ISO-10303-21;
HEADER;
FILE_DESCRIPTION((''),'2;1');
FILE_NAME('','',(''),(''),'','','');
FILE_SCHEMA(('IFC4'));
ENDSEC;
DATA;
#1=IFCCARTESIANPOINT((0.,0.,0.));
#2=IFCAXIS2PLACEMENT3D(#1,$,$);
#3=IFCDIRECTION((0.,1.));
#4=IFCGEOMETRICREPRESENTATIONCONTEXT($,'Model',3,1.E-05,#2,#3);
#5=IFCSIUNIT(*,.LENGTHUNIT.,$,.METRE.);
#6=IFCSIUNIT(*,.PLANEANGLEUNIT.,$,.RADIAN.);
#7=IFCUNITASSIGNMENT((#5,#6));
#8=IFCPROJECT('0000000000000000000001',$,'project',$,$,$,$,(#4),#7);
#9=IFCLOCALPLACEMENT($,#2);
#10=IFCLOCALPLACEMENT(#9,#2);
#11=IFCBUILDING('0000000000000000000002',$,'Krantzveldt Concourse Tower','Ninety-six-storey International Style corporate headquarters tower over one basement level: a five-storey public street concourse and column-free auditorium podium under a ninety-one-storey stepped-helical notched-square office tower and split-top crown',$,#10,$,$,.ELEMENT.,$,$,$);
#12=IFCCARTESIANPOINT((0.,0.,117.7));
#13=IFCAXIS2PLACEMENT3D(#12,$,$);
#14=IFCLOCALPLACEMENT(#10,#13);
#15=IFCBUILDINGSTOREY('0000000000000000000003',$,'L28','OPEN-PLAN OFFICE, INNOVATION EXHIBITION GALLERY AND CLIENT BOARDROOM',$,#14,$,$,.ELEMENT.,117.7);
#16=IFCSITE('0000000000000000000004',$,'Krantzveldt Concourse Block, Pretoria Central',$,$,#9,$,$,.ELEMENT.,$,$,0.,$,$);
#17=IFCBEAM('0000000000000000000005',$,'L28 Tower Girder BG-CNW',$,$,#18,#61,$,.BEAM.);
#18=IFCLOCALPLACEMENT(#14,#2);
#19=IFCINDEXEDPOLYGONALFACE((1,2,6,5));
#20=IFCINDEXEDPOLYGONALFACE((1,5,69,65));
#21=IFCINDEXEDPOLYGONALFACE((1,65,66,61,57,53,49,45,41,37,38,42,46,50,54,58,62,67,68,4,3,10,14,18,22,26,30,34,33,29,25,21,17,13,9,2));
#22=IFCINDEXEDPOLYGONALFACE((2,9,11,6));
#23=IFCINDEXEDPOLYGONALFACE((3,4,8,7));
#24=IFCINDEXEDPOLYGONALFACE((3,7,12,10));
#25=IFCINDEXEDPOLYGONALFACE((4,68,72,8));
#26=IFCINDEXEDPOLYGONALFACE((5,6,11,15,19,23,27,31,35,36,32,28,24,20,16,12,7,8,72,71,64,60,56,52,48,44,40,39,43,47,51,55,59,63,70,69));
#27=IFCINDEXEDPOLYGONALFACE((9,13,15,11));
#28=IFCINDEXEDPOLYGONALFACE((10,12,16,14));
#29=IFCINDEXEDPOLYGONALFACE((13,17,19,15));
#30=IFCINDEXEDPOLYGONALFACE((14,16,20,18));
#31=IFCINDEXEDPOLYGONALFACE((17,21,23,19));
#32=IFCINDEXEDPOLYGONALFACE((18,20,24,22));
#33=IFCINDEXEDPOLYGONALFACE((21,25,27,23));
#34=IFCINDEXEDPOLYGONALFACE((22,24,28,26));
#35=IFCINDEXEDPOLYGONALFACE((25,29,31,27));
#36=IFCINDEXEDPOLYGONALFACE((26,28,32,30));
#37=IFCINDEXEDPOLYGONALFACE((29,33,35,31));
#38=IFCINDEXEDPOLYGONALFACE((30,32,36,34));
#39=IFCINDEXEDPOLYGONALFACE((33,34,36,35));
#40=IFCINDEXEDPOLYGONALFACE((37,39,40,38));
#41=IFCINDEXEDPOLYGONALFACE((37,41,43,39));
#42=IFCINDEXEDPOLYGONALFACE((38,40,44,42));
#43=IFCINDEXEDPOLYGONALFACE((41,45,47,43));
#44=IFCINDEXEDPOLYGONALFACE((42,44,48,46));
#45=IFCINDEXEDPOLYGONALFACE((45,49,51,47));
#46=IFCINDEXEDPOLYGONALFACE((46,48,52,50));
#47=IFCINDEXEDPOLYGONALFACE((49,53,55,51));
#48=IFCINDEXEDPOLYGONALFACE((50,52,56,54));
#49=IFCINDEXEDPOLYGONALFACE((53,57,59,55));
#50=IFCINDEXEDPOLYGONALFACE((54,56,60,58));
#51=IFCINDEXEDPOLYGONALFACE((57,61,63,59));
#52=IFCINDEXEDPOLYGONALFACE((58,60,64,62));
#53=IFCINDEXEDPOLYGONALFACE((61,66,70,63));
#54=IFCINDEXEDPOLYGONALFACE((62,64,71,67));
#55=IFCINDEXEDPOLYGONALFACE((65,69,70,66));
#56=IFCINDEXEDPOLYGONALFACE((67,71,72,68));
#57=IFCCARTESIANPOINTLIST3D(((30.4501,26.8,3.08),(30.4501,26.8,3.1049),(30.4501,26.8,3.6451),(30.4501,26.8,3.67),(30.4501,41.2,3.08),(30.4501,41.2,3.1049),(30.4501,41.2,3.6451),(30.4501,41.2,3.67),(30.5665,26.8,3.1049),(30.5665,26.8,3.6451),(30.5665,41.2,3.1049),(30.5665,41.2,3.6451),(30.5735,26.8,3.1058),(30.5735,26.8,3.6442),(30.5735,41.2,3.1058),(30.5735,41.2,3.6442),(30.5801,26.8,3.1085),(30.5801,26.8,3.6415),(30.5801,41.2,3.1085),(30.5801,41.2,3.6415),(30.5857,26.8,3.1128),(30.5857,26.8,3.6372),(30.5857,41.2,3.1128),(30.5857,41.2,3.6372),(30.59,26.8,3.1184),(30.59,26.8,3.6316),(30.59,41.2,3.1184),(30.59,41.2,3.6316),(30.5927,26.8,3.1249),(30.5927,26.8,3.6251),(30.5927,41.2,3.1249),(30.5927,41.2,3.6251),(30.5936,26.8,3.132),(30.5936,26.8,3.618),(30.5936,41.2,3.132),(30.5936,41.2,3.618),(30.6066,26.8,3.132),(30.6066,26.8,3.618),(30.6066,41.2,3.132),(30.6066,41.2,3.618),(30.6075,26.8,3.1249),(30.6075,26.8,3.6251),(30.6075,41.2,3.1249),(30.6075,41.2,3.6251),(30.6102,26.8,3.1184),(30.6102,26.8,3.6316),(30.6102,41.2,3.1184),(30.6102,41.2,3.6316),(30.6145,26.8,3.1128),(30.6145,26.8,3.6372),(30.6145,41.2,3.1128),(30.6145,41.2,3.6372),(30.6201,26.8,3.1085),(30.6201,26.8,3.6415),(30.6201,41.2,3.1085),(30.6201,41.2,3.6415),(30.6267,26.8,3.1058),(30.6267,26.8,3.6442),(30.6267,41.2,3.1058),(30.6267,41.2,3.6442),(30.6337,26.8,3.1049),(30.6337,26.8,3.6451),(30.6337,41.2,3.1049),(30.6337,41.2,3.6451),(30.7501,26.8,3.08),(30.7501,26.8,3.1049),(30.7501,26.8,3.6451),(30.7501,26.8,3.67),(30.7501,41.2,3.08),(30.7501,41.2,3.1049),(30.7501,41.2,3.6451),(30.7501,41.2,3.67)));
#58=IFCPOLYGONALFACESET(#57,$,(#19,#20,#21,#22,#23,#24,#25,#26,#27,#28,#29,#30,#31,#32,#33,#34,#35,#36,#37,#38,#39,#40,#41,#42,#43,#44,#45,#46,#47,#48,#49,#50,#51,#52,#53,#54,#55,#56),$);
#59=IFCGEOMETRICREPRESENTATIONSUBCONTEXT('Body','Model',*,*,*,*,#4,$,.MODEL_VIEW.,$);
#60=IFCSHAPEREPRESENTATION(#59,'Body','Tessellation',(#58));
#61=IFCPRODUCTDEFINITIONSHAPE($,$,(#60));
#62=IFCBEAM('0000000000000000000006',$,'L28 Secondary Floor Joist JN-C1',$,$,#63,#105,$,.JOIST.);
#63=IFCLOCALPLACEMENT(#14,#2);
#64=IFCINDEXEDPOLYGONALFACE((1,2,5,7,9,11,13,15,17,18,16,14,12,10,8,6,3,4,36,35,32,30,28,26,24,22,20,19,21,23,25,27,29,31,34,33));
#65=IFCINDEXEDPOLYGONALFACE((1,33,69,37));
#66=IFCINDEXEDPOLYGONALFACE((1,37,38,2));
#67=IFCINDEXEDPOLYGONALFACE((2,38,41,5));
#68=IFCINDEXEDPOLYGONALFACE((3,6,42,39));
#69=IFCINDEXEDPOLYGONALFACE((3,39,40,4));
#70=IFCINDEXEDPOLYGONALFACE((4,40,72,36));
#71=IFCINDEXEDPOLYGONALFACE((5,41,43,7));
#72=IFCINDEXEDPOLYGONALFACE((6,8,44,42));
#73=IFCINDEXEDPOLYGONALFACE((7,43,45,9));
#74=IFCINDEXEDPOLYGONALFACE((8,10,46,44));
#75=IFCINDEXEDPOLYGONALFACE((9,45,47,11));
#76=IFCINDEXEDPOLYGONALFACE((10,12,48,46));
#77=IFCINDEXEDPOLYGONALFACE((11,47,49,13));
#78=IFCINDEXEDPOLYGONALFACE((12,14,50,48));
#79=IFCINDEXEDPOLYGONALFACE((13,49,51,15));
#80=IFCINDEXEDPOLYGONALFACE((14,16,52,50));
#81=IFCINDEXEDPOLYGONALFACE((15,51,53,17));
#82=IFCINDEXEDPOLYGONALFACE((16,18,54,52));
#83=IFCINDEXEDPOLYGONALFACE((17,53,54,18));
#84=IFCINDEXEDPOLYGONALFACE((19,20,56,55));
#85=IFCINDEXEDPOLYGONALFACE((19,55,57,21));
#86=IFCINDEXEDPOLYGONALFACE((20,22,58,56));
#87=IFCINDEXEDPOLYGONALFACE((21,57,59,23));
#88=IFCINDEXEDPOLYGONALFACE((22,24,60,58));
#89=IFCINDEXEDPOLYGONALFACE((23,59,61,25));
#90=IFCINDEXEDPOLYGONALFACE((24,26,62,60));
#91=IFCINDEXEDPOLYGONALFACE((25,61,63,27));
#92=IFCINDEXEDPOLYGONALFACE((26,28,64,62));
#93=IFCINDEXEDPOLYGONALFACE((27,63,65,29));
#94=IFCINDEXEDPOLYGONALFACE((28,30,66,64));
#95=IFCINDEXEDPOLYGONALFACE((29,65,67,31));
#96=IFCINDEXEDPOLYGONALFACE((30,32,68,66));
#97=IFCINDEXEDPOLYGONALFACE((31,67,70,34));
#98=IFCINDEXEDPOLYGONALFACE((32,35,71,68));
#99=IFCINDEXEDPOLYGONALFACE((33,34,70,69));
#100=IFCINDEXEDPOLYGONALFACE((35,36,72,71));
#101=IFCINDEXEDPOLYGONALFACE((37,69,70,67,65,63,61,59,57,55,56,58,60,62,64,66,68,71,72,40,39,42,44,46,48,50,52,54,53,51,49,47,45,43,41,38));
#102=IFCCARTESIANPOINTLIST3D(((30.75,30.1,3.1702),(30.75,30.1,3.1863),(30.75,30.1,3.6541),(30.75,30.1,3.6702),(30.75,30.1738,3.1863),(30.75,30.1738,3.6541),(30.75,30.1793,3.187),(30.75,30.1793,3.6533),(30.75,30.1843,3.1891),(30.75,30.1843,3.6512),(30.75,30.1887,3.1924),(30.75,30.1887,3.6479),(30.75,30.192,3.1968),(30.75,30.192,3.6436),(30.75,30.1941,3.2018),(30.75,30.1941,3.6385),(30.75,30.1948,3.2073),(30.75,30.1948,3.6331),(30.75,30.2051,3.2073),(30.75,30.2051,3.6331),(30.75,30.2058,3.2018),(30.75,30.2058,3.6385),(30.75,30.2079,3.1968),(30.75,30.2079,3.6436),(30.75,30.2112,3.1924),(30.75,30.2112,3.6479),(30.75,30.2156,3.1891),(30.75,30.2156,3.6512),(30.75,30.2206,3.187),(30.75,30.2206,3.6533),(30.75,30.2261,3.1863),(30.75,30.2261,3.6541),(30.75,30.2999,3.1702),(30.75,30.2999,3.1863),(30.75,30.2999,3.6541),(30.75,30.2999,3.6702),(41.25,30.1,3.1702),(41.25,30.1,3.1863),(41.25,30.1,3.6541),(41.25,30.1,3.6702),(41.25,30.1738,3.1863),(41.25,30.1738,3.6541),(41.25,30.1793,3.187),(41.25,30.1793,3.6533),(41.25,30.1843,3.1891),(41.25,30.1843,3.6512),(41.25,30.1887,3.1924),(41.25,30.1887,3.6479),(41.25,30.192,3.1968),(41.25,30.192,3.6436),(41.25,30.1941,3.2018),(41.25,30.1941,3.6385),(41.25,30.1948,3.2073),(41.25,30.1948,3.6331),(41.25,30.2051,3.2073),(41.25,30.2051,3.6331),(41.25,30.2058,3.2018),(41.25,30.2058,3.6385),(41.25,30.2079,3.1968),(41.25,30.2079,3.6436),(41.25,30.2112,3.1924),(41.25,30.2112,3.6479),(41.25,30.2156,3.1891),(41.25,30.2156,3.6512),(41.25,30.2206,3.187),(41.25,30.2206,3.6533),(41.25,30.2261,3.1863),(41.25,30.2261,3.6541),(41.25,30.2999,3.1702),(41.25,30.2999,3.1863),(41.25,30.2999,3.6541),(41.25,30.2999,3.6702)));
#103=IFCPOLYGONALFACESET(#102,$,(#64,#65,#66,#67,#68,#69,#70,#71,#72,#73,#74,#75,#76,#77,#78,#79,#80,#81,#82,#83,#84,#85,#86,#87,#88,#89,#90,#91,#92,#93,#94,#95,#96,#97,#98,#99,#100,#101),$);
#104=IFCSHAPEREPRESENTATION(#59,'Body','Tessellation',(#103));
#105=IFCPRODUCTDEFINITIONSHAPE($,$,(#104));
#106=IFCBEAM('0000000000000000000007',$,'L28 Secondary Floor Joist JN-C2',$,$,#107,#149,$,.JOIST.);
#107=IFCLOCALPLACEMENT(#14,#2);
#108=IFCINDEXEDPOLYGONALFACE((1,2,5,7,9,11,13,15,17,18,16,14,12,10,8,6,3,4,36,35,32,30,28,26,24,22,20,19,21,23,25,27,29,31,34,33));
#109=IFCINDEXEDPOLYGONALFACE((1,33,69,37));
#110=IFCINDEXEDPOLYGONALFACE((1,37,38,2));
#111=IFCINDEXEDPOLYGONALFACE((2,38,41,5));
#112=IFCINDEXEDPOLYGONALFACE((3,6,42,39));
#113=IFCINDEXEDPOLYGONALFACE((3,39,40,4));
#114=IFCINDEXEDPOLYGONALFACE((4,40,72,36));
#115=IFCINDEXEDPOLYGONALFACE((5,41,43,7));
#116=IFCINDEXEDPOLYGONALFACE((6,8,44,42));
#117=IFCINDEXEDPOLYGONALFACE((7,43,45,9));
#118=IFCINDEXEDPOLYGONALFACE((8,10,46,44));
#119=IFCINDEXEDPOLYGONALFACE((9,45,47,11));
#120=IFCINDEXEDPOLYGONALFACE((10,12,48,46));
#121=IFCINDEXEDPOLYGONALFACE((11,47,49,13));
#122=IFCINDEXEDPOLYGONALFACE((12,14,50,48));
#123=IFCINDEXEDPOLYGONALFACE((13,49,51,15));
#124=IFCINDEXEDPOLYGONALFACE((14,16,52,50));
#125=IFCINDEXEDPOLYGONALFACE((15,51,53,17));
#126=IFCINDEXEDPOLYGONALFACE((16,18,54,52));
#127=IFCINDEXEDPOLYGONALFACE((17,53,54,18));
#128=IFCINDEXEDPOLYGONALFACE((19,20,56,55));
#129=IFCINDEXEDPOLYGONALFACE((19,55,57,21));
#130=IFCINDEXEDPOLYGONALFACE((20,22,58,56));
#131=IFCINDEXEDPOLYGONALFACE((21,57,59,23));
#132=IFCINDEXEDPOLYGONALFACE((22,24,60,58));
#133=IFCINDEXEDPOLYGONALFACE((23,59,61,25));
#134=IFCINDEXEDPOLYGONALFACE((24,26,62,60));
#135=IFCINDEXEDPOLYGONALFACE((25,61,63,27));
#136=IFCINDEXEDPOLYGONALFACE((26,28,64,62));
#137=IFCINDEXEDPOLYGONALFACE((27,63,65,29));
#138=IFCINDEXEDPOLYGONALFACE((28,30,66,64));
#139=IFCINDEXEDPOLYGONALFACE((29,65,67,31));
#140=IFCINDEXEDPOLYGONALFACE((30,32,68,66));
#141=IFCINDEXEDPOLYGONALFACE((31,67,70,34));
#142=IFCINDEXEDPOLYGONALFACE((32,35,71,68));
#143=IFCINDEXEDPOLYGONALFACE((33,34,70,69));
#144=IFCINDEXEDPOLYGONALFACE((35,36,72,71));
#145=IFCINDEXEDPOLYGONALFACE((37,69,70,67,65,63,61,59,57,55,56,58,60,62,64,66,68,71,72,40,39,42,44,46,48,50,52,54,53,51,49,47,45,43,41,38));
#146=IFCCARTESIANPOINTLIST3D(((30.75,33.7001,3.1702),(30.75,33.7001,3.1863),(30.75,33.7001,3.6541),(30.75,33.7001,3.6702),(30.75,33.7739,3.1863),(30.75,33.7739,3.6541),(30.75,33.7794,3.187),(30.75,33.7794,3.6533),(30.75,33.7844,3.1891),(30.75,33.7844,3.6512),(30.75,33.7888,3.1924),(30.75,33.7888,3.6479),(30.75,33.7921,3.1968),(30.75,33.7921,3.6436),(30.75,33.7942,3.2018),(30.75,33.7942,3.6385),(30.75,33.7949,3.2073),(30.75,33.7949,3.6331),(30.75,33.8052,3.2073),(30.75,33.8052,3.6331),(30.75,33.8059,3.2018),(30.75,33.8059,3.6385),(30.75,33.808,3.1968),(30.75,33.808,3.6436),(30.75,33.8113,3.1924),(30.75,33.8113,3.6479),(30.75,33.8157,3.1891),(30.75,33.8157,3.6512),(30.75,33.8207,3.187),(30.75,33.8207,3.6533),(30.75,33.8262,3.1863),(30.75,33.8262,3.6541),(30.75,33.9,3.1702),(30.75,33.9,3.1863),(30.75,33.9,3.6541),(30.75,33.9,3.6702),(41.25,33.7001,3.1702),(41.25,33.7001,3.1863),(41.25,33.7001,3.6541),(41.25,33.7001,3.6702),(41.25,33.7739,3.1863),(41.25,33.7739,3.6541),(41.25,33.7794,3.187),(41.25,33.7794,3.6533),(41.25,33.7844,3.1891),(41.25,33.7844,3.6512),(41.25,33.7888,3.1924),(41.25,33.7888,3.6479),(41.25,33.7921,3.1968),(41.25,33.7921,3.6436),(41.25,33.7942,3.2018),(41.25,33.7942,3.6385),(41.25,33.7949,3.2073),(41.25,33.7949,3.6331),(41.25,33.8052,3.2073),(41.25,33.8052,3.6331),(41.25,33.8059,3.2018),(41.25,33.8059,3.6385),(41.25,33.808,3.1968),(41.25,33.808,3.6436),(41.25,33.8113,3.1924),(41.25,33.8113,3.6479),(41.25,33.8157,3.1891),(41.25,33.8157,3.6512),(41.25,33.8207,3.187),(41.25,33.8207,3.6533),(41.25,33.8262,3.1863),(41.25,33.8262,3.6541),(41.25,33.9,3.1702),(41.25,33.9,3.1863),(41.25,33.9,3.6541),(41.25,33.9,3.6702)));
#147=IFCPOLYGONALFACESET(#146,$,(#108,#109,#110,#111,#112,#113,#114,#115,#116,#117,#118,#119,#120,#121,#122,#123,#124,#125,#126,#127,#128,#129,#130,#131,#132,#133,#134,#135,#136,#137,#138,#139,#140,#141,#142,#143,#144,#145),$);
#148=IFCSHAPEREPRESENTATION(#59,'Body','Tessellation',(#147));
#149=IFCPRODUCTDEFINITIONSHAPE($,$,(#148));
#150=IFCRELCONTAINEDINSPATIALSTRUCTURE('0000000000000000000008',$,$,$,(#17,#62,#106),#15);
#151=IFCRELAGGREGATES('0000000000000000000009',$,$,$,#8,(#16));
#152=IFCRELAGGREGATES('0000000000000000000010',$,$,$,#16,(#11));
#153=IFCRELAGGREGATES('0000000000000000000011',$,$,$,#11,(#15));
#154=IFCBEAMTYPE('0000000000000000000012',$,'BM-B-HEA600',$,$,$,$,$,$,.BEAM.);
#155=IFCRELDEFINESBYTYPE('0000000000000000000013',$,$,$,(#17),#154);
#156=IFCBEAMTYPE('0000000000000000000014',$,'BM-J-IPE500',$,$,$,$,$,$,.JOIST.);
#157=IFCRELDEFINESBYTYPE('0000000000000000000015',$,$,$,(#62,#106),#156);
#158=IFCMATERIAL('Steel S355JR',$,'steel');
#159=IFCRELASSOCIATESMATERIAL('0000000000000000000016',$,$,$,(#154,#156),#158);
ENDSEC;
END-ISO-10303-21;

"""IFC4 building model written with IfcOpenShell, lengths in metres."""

from ifc_helpers import new_model, si_unit, direction, frame, origin, origin_2d, place, context, subcontext, project, spatial, i_section, extrude, source, transform, mapped, material, material_profile, profile_set, type_object, type_shapes, element, save


model = new_model("IFC4")

# Units and contexts
model_context = context("Model", 3, precision=1e-05, world=origin(), true_north=direction((0.0, 1.0)))
body_context = subcontext(model_context, "Body", "Model", "MODEL_VIEW")
ifc_project = project(units=[si_unit("LENGTHUNIT", "METRE"), si_unit("PLANEANGLEUNIT", "RADIAN")], contexts=[model_context])

# Site, building, storey
site_placement = place(None, origin())
site = spatial("IfcSite", under=ifc_project, at=site_placement, Name="Krantzveldt Concourse Block, Pretoria Central", CompositionType="ELEMENT", RefElevation=0.0)
building_placement = place(site_placement, origin())
building = spatial("IfcBuilding", under=site, at=building_placement, Name="Krantzveldt Concourse Tower", Description="Ninety-six-storey International Style corporate headquarters tower over one basement level: a five-storey public street concourse and column-free auditorium podium under a ninety-one-storey stepped-helical notched-square office tower and split-top crown", CompositionType="ELEMENT")
storey_placement = place(building_placement, frame((0.0, 0.0, 117.7)))
storey = spatial("IfcBuildingStorey", under=building, at=storey_placement, Name="L28", Description="OPEN-PLAN OFFICE, INNOVATION EXHIBITION GALLERY AND CLIENT BOARDROOM", CompositionType="ELEMENT", Elevation=117.7)

# Beams
ifc_material_1 = material(Name="Steel S355JR", Category="steel")
ifc_material_profile_1 = material_profile(ifc_material_1, i_section(OverallWidth=0.3, OverallDepth=0.5901, WebThickness=0.0129, FlangeThickness=0.0249, FilletRadius=0.0271, at=origin_2d()), Name="Steel S355JR", Category="steel")
ifc_profile_set_1 = profile_set([ifc_material_profile_1], Name="Steel S355JR - HEA 600")
beam_type_1 = type_object("IfcBeamType", Name="BM-B-HEA600", PredefinedType="BEAM", material=ifc_profile_set_1)
shared_shape_1 = source(origin(), body_context, "Body", "SweptSolid", [
    extrude(i_section(OverallWidth=0.3, OverallDepth=0.5901, WebThickness=0.0129, FlangeThickness=0.0249, FilletRadius=0.0271, at=origin_2d()), origin(), (0.0, 0.0, 1.0), 14.3999),
])
type_shapes(beam_type_1, [shared_shape_1])
beam_1_placement = place(storey_placement, frame((30.6001, 26.8, 3.375), z_axis=(0.0, 1.0, 0.0), x_axis=(-1.0, 0.0, 0.0)))
element("IfcBeam", 1, at=beam_1_placement, inside=storey, type_object=beam_type_1, Name="L28 Tower Girder BG-CNW", PredefinedType="BEAM", context=body_context, shape_type="MappedRepresentation", body=[
    mapped(shared_shape_1, transform((0.0, 0.0, 0.0), x_axis=(1.0, 0.0, 0.0), y_axis=(0.0, 1.0, 0.0), z_axis=(0.0, 0.0, 1.0), scale=1.0)),
])
ifc_material_profile_2 = material_profile(ifc_material_1, i_section(OverallWidth=0.2, OverallDepth=0.5, WebThickness=0.0103, FlangeThickness=0.0161, FilletRadius=0.021, at=origin_2d()), Name="Steel S355JR", Category="steel")
ifc_profile_set_2 = profile_set([ifc_material_profile_2], Name="Steel S355JR - IPE 500")
beam_type_2 = type_object("IfcBeamType", Name="BM-J-IPE500", PredefinedType="JOIST", material=ifc_profile_set_2)
shared_shape_2 = source(origin(), body_context, "Body", "SweptSolid", [
    extrude(i_section(OverallWidth=0.2, OverallDepth=0.5, WebThickness=0.0103, FlangeThickness=0.0161, FilletRadius=0.021, at=origin_2d()), origin(), (0.0, 0.0, 1.0), 10.5),
])
type_shapes(beam_type_2, [shared_shape_2])
for number, where, z_axis, x_axis, name in (
    (2, (30.75, 30.2, 3.4202), (1.0, 0.0, 0.0), (0.0, 1.0, 0.0), "L28 Secondary Floor Joist JN-C1"),
    (3, (30.75, 33.8, 3.4202), (1.0, 0.0, 0.0), (0.0, 1.0, 0.0), "L28 Secondary Floor Joist JN-C2"),
):
    element("IfcBeam", number, at=place(storey_placement, frame(where, z_axis=z_axis, x_axis=x_axis)), inside=storey, type_object=beam_type_2, Name=name, PredefinedType="JOIST", context=body_context, shape_type="MappedRepresentation", body=[
        mapped(shared_shape_2, transform((0.0, 0.0, 0.0), x_axis=(1.0, 0.0, 0.0), y_axis=(0.0, 1.0, 0.0), z_axis=(0.0, 0.0, 1.0), scale=1.0)),
    ])

save(model, "model.ifc")
